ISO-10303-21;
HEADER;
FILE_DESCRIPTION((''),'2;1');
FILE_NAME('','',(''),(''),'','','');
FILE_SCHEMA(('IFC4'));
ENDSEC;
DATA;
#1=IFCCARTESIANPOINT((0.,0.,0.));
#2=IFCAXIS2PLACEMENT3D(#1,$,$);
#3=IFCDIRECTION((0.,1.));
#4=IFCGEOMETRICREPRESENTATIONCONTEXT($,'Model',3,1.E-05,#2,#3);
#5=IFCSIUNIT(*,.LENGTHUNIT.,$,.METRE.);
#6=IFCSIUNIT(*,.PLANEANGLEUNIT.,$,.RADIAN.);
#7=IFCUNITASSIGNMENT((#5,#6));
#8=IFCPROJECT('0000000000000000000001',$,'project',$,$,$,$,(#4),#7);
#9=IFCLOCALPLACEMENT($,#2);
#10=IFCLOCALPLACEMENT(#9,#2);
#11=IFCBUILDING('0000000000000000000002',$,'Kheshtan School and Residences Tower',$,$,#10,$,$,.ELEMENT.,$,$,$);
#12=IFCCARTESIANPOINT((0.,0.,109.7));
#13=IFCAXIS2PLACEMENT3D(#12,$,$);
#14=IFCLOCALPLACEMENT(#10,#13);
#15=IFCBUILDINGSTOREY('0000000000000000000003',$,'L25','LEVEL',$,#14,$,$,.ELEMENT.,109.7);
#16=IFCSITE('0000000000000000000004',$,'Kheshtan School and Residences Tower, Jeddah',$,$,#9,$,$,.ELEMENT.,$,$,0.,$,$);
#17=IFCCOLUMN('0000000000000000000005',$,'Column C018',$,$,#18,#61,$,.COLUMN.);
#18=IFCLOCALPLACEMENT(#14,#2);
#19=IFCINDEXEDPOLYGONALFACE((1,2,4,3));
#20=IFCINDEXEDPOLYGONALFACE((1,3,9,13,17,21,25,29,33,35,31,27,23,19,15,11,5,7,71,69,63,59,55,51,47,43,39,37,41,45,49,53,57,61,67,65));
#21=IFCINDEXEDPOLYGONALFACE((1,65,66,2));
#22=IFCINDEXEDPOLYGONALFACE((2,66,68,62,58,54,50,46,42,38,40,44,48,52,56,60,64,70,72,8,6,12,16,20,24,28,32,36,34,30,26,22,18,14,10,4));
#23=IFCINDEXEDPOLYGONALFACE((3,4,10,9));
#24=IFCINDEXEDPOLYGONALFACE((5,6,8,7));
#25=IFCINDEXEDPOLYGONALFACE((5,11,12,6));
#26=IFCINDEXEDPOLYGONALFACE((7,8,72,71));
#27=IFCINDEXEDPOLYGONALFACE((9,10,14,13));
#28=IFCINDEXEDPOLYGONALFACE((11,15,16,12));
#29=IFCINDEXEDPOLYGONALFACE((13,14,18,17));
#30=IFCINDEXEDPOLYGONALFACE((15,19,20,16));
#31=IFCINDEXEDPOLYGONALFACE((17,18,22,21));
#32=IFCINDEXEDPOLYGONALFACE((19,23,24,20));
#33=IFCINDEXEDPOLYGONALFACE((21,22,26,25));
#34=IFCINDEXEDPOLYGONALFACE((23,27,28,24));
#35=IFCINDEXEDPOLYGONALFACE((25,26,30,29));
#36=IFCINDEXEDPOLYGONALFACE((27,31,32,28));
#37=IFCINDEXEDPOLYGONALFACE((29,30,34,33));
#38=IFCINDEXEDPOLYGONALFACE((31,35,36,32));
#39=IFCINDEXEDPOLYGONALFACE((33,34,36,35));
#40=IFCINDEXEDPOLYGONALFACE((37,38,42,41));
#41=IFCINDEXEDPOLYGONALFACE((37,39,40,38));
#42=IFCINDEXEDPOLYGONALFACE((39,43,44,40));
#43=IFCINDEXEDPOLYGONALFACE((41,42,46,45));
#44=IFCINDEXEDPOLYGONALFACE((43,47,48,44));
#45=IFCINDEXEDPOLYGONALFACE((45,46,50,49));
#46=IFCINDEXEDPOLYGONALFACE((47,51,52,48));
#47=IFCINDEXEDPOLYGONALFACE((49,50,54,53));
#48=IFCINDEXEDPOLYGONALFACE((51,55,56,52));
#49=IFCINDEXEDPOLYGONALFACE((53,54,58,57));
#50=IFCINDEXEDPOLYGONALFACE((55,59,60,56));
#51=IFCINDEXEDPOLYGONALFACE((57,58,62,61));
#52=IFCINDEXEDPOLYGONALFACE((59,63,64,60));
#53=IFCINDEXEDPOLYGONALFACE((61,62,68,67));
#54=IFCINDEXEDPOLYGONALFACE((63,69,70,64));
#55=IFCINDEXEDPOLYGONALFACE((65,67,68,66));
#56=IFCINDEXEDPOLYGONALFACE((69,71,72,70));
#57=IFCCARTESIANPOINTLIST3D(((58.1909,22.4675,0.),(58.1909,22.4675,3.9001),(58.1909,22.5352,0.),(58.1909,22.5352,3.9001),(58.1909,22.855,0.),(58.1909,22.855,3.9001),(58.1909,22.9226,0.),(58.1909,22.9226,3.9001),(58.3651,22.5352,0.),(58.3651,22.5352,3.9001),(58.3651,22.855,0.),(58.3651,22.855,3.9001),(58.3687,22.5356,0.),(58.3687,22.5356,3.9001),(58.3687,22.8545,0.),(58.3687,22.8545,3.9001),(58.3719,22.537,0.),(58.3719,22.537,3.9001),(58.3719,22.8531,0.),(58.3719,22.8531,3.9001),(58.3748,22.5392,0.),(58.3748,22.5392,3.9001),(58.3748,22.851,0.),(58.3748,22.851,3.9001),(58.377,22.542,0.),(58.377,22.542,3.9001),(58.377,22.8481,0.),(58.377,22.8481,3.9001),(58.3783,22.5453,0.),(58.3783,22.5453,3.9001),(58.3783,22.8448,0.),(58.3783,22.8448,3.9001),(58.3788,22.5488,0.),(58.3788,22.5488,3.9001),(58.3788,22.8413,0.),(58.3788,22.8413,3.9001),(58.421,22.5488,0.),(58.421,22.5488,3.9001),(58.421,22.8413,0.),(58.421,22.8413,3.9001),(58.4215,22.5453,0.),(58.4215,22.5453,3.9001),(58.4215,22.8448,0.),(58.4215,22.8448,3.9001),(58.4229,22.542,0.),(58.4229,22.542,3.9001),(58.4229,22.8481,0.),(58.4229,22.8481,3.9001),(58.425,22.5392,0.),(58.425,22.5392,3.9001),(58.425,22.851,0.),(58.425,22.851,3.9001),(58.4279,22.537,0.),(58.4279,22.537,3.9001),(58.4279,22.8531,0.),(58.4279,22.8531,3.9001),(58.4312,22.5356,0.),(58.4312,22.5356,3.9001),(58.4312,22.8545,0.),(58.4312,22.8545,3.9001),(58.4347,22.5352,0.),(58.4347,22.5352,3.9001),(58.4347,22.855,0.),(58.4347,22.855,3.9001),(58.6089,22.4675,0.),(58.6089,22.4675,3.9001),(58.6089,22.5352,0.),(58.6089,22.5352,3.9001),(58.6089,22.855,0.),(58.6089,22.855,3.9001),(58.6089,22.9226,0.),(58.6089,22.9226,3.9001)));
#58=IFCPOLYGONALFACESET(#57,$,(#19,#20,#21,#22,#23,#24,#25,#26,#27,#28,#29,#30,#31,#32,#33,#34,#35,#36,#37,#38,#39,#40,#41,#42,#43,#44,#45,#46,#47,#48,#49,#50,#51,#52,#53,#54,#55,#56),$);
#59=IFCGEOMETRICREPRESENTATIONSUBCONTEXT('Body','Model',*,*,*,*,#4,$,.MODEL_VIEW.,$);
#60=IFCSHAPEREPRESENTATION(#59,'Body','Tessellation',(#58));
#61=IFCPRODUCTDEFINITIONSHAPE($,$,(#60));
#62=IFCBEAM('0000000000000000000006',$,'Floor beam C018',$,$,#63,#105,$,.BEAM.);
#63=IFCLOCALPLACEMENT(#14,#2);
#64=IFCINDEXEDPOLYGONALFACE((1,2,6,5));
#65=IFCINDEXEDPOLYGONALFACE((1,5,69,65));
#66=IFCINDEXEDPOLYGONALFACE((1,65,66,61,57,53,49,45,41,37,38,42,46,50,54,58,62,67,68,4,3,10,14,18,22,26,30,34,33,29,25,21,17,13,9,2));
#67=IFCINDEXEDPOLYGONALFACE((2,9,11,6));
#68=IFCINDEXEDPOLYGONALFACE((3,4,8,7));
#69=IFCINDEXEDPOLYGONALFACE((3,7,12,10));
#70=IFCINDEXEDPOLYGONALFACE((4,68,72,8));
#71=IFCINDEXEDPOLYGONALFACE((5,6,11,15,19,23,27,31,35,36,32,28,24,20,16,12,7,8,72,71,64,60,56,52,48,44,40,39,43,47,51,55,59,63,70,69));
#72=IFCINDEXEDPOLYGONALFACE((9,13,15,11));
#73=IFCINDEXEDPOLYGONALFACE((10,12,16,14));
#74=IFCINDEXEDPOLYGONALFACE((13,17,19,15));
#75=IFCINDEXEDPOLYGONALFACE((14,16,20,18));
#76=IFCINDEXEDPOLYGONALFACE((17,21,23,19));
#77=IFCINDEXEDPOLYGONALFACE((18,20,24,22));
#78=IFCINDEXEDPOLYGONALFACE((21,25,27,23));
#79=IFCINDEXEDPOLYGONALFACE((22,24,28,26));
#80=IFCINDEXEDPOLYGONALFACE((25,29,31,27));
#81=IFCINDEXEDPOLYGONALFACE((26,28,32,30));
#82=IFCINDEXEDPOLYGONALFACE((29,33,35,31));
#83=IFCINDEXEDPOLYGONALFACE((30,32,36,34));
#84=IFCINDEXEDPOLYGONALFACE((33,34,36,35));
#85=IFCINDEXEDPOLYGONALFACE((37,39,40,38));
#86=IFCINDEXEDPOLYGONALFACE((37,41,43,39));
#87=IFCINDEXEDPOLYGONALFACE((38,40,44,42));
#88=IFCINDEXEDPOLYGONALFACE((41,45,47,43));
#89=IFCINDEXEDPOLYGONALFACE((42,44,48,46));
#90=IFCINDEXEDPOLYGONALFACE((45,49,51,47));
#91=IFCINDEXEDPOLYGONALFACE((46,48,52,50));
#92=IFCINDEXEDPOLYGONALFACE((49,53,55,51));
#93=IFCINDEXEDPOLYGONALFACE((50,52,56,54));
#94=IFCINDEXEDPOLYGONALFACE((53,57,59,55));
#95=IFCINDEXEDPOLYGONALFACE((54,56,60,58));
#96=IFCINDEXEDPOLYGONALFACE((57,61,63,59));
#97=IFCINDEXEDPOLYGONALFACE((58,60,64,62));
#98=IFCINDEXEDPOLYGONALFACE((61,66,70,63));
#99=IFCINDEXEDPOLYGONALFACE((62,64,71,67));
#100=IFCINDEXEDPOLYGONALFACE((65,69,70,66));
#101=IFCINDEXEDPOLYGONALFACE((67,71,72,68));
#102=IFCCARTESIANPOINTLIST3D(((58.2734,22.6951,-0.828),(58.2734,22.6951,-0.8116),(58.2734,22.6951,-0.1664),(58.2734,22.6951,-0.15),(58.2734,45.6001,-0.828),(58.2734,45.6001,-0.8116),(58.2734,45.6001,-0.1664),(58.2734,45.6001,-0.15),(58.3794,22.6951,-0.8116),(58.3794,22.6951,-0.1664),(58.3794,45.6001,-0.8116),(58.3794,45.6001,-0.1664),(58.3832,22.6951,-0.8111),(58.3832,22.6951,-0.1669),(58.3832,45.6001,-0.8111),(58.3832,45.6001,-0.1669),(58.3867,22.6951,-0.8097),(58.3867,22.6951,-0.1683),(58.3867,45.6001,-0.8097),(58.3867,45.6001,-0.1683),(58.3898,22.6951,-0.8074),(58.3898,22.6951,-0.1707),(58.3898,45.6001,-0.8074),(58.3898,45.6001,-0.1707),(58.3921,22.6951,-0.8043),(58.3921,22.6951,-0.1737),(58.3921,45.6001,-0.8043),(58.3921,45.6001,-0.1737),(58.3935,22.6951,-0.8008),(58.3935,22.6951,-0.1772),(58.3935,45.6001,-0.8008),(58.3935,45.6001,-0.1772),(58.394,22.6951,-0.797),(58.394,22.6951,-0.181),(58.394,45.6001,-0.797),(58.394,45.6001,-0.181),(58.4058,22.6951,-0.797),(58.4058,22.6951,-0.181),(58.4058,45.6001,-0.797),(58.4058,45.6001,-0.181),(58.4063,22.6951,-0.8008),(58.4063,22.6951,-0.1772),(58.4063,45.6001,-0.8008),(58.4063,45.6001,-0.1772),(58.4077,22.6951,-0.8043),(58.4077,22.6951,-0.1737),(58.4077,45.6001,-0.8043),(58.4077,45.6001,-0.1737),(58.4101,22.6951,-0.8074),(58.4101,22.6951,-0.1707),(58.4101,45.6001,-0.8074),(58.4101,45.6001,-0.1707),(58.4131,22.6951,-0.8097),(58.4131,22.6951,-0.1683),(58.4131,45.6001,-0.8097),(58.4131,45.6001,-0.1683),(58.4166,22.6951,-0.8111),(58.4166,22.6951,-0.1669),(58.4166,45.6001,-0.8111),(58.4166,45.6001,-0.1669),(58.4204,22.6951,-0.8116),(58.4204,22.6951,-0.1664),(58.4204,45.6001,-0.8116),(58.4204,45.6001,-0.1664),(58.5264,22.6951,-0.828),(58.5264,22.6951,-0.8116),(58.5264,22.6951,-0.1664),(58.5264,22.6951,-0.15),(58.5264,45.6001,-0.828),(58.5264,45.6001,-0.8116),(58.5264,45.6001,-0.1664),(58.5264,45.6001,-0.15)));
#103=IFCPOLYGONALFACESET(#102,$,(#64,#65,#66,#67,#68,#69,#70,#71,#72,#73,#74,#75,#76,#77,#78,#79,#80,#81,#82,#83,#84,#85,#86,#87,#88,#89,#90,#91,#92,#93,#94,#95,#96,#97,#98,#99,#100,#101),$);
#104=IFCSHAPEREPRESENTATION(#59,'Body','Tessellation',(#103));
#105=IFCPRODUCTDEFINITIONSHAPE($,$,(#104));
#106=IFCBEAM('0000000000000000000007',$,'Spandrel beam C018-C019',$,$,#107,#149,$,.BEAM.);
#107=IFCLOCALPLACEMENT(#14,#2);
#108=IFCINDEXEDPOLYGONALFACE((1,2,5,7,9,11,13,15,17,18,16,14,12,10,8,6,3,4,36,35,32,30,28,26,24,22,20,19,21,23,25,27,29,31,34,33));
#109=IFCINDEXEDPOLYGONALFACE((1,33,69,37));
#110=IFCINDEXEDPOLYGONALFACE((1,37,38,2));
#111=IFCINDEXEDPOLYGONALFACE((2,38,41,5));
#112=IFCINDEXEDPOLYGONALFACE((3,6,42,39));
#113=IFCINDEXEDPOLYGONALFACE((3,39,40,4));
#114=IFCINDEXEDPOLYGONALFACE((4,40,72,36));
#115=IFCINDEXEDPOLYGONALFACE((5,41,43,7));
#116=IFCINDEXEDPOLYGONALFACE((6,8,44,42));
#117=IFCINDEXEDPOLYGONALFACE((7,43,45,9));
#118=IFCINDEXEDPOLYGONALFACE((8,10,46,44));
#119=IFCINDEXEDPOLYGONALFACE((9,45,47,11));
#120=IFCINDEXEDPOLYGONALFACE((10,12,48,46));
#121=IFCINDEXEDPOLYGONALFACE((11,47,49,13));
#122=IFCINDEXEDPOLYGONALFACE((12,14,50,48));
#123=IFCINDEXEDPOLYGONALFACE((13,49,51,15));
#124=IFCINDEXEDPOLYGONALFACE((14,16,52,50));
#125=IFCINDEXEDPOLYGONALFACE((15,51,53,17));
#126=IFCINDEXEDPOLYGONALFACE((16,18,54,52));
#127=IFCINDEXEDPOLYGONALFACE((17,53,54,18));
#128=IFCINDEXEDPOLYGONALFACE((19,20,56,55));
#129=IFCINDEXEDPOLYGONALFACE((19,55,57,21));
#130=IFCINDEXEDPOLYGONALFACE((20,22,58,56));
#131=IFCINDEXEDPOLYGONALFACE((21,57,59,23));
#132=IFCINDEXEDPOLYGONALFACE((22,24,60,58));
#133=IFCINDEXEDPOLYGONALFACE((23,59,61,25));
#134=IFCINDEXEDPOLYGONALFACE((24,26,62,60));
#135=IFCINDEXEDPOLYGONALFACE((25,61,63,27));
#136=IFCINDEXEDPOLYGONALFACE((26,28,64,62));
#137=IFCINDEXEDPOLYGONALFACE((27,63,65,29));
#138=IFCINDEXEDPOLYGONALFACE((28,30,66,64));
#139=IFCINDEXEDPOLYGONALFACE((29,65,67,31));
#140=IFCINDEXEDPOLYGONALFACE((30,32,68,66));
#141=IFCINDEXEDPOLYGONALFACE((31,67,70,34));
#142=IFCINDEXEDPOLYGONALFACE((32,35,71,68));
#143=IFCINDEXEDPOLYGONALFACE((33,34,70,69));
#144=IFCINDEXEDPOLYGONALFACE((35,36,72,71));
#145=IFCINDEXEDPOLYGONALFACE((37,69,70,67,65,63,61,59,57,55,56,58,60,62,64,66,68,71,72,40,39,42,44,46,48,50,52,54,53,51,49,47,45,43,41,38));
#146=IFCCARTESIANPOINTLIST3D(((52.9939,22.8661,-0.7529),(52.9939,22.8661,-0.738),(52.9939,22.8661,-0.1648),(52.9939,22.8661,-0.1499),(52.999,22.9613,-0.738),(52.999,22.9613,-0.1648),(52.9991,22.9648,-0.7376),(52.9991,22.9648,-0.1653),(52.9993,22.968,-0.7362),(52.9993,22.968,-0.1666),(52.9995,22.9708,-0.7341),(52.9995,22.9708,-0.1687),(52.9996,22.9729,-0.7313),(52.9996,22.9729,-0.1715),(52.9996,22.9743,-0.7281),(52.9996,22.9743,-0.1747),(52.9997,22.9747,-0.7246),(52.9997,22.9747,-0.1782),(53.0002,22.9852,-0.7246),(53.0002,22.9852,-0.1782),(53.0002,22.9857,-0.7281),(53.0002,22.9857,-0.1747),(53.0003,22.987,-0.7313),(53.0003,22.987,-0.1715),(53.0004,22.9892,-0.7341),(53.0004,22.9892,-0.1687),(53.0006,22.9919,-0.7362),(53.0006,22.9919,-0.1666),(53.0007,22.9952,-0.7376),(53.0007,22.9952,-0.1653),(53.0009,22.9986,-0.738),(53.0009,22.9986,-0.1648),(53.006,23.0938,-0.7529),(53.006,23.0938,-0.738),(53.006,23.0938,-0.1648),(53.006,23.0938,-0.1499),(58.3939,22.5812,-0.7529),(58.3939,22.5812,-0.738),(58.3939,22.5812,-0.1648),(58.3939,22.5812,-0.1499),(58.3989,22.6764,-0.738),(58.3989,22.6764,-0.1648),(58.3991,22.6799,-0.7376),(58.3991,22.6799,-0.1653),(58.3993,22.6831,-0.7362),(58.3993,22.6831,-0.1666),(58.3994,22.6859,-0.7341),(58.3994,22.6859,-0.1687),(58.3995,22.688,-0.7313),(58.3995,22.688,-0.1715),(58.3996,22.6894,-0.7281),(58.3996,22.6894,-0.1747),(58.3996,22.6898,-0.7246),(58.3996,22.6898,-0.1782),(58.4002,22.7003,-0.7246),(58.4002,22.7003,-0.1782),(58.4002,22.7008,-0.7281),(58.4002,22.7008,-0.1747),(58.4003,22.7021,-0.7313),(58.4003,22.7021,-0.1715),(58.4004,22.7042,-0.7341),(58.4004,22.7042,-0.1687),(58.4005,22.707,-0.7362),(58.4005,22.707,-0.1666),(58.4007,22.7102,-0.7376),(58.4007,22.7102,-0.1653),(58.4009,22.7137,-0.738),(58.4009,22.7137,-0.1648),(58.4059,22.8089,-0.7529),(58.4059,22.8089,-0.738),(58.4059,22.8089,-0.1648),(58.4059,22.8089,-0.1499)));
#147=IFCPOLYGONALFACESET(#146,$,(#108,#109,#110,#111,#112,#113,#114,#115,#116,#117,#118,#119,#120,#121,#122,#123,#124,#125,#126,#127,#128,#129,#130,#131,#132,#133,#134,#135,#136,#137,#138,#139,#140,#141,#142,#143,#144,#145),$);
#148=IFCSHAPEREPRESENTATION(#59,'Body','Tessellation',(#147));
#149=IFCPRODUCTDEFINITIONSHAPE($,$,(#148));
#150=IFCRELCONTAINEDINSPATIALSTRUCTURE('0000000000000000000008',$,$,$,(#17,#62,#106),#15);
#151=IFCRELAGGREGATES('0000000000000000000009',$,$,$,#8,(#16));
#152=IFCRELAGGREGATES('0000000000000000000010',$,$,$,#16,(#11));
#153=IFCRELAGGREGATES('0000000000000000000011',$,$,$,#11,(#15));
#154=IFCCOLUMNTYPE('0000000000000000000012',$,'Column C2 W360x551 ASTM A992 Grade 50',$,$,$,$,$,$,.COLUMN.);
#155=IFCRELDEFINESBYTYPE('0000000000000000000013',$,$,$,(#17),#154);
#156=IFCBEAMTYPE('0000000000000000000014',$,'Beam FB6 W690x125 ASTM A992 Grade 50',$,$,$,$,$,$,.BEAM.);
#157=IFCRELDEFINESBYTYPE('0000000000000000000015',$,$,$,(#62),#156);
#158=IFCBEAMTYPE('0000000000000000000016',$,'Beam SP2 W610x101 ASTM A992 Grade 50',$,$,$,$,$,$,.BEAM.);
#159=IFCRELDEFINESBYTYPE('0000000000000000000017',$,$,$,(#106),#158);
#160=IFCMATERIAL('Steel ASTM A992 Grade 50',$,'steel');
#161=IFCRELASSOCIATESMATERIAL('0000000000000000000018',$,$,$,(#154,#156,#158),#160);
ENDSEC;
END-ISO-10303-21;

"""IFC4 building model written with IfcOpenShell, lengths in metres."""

from ifc_helpers import new_model, si_unit, direction, frame, origin, origin_2d, place, context, subcontext, project, spatial, i_section, extrude, material, material_profile, profile_set, type_object, element, save


model = new_model("IFC4")

# Units and contexts
model_context = context("Model", 3, precision=1e-05, world=origin(), true_north=direction((0.0, 1.0)))
body_context = subcontext(model_context, "Body", "Model", "MODEL_VIEW")
ifc_project = project(units=[si_unit("LENGTHUNIT", "METRE"), si_unit("PLANEANGLEUNIT", "RADIAN")], contexts=[model_context])

# Site, building, storey
site_placement = place(None, origin())
site = spatial("IfcSite", under=ifc_project, at=site_placement, Name="Kheshtan School and Residences Tower, Jeddah", CompositionType="ELEMENT", RefElevation=0.0)
building_placement = place(site_placement, origin())
building = spatial("IfcBuilding", under=site, at=building_placement, Name="Kheshtan School and Residences Tower", CompositionType="ELEMENT")
storey_placement = place(building_placement, frame((0.0, 0.0, 109.7)))
storey = spatial("IfcBuildingStorey", under=building, at=storey_placement, Name="L25", Description="LEVEL", CompositionType="ELEMENT", Elevation=109.7)

# Column
ifc_material_1 = material(Name="Steel ASTM A992 Grade 50", Category="steel")
ifc_material_profile_1 = material_profile(ifc_material_1, i_section(OverallWidth=0.418, OverallDepth=0.4551, WebThickness=0.0422, FlangeThickness=0.0676, FilletRadius=0.0137, at=origin_2d()), Name="W360x551")
ifc_profile_set_1 = profile_set([ifc_material_profile_1], Name="Steel ASTM A992 Grade 50")
column_type = type_object("IfcColumnType", Name="Column C2 W360x551 ASTM A992 Grade 50", PredefinedType="COLUMN", material=ifc_profile_set_1)
column_placement = place(storey_placement, frame((58.3999, 22.6951, 0.0), z_axis=(0.0, 0.0, 1.0), x_axis=(1.0, 0.0, 0.0)))
element("IfcColumn", 1, at=column_placement, inside=storey, type_object=column_type, Name="Column C018", PredefinedType="COLUMN", context=body_context, shape_type="SweptSolid", body=[
    extrude(i_section(OverallWidth=0.418, OverallDepth=0.4551, WebThickness=0.0422, FlangeThickness=0.0676, FilletRadius=0.0137, at=origin_2d()), origin(), (0.0, 0.0, 1.0), 3.9001),
])

# Beams
ifc_material_profile_2 = material_profile(ifc_material_1, i_section(OverallWidth=0.2529, OverallDepth=0.678, WebThickness=0.0117, FlangeThickness=0.0164, FilletRadius=0.0146, at=origin_2d()), Name="W690x125")
ifc_profile_set_2 = profile_set([ifc_material_profile_2], Name="Steel ASTM A992 Grade 50")
beam_type_1 = type_object("IfcBeamType", Name="Beam FB6 W690x125 ASTM A992 Grade 50", PredefinedType="BEAM", material=ifc_profile_set_2)
beam_1_placement = place(storey_placement, frame((58.3999, 22.6951, -0.489), z_axis=(0.0, 1.0, 0.0), x_axis=(-1.0, 0.0, 0.0)))
element("IfcBeam", 2, at=beam_1_placement, inside=storey, type_object=beam_type_1, Name="Floor beam C018", PredefinedType="BEAM", context=body_context, shape_type="SweptSolid", body=[
    extrude(i_section(OverallWidth=0.2529, OverallDepth=0.678, WebThickness=0.0117, FlangeThickness=0.0164, FilletRadius=0.0146, at=origin_2d()), origin(), (0.0, 0.0, 1.0), 22.905),
])
ifc_material_profile_3 = material_profile(ifc_material_1, i_section(OverallWidth=0.228, OverallDepth=0.603, WebThickness=0.0105, FlangeThickness=0.0149, FilletRadius=0.0134, at=origin_2d()), Name="W610x101")
ifc_profile_set_3 = profile_set([ifc_material_profile_3], Name="Steel ASTM A992 Grade 50")
beam_type_2 = type_object("IfcBeamType", Name="Beam SP2 W610x101 ASTM A992 Grade 50", PredefinedType="BEAM", material=ifc_profile_set_3)
beam_2_placement = place(storey_placement, frame((58.3999, 22.6951, -0.4514), z_axis=(-0.998611, 0.052689, 0.0), x_axis=(-0.052689, -0.998611, 0.0)))
element("IfcBeam", 3, at=beam_2_placement, inside=storey, type_object=beam_type_2, Name="Spandrel beam C018-C019", PredefinedType="BEAM", context=body_context, shape_type="SweptSolid", body=[
    extrude(i_section(OverallWidth=0.228, OverallDepth=0.603, WebThickness=0.0105, FlangeThickness=0.0149, FilletRadius=0.0134, at=origin_2d()), origin(), (0.0, 0.0, 1.0), 5.4075),
])

save(model, "model.ifc")
